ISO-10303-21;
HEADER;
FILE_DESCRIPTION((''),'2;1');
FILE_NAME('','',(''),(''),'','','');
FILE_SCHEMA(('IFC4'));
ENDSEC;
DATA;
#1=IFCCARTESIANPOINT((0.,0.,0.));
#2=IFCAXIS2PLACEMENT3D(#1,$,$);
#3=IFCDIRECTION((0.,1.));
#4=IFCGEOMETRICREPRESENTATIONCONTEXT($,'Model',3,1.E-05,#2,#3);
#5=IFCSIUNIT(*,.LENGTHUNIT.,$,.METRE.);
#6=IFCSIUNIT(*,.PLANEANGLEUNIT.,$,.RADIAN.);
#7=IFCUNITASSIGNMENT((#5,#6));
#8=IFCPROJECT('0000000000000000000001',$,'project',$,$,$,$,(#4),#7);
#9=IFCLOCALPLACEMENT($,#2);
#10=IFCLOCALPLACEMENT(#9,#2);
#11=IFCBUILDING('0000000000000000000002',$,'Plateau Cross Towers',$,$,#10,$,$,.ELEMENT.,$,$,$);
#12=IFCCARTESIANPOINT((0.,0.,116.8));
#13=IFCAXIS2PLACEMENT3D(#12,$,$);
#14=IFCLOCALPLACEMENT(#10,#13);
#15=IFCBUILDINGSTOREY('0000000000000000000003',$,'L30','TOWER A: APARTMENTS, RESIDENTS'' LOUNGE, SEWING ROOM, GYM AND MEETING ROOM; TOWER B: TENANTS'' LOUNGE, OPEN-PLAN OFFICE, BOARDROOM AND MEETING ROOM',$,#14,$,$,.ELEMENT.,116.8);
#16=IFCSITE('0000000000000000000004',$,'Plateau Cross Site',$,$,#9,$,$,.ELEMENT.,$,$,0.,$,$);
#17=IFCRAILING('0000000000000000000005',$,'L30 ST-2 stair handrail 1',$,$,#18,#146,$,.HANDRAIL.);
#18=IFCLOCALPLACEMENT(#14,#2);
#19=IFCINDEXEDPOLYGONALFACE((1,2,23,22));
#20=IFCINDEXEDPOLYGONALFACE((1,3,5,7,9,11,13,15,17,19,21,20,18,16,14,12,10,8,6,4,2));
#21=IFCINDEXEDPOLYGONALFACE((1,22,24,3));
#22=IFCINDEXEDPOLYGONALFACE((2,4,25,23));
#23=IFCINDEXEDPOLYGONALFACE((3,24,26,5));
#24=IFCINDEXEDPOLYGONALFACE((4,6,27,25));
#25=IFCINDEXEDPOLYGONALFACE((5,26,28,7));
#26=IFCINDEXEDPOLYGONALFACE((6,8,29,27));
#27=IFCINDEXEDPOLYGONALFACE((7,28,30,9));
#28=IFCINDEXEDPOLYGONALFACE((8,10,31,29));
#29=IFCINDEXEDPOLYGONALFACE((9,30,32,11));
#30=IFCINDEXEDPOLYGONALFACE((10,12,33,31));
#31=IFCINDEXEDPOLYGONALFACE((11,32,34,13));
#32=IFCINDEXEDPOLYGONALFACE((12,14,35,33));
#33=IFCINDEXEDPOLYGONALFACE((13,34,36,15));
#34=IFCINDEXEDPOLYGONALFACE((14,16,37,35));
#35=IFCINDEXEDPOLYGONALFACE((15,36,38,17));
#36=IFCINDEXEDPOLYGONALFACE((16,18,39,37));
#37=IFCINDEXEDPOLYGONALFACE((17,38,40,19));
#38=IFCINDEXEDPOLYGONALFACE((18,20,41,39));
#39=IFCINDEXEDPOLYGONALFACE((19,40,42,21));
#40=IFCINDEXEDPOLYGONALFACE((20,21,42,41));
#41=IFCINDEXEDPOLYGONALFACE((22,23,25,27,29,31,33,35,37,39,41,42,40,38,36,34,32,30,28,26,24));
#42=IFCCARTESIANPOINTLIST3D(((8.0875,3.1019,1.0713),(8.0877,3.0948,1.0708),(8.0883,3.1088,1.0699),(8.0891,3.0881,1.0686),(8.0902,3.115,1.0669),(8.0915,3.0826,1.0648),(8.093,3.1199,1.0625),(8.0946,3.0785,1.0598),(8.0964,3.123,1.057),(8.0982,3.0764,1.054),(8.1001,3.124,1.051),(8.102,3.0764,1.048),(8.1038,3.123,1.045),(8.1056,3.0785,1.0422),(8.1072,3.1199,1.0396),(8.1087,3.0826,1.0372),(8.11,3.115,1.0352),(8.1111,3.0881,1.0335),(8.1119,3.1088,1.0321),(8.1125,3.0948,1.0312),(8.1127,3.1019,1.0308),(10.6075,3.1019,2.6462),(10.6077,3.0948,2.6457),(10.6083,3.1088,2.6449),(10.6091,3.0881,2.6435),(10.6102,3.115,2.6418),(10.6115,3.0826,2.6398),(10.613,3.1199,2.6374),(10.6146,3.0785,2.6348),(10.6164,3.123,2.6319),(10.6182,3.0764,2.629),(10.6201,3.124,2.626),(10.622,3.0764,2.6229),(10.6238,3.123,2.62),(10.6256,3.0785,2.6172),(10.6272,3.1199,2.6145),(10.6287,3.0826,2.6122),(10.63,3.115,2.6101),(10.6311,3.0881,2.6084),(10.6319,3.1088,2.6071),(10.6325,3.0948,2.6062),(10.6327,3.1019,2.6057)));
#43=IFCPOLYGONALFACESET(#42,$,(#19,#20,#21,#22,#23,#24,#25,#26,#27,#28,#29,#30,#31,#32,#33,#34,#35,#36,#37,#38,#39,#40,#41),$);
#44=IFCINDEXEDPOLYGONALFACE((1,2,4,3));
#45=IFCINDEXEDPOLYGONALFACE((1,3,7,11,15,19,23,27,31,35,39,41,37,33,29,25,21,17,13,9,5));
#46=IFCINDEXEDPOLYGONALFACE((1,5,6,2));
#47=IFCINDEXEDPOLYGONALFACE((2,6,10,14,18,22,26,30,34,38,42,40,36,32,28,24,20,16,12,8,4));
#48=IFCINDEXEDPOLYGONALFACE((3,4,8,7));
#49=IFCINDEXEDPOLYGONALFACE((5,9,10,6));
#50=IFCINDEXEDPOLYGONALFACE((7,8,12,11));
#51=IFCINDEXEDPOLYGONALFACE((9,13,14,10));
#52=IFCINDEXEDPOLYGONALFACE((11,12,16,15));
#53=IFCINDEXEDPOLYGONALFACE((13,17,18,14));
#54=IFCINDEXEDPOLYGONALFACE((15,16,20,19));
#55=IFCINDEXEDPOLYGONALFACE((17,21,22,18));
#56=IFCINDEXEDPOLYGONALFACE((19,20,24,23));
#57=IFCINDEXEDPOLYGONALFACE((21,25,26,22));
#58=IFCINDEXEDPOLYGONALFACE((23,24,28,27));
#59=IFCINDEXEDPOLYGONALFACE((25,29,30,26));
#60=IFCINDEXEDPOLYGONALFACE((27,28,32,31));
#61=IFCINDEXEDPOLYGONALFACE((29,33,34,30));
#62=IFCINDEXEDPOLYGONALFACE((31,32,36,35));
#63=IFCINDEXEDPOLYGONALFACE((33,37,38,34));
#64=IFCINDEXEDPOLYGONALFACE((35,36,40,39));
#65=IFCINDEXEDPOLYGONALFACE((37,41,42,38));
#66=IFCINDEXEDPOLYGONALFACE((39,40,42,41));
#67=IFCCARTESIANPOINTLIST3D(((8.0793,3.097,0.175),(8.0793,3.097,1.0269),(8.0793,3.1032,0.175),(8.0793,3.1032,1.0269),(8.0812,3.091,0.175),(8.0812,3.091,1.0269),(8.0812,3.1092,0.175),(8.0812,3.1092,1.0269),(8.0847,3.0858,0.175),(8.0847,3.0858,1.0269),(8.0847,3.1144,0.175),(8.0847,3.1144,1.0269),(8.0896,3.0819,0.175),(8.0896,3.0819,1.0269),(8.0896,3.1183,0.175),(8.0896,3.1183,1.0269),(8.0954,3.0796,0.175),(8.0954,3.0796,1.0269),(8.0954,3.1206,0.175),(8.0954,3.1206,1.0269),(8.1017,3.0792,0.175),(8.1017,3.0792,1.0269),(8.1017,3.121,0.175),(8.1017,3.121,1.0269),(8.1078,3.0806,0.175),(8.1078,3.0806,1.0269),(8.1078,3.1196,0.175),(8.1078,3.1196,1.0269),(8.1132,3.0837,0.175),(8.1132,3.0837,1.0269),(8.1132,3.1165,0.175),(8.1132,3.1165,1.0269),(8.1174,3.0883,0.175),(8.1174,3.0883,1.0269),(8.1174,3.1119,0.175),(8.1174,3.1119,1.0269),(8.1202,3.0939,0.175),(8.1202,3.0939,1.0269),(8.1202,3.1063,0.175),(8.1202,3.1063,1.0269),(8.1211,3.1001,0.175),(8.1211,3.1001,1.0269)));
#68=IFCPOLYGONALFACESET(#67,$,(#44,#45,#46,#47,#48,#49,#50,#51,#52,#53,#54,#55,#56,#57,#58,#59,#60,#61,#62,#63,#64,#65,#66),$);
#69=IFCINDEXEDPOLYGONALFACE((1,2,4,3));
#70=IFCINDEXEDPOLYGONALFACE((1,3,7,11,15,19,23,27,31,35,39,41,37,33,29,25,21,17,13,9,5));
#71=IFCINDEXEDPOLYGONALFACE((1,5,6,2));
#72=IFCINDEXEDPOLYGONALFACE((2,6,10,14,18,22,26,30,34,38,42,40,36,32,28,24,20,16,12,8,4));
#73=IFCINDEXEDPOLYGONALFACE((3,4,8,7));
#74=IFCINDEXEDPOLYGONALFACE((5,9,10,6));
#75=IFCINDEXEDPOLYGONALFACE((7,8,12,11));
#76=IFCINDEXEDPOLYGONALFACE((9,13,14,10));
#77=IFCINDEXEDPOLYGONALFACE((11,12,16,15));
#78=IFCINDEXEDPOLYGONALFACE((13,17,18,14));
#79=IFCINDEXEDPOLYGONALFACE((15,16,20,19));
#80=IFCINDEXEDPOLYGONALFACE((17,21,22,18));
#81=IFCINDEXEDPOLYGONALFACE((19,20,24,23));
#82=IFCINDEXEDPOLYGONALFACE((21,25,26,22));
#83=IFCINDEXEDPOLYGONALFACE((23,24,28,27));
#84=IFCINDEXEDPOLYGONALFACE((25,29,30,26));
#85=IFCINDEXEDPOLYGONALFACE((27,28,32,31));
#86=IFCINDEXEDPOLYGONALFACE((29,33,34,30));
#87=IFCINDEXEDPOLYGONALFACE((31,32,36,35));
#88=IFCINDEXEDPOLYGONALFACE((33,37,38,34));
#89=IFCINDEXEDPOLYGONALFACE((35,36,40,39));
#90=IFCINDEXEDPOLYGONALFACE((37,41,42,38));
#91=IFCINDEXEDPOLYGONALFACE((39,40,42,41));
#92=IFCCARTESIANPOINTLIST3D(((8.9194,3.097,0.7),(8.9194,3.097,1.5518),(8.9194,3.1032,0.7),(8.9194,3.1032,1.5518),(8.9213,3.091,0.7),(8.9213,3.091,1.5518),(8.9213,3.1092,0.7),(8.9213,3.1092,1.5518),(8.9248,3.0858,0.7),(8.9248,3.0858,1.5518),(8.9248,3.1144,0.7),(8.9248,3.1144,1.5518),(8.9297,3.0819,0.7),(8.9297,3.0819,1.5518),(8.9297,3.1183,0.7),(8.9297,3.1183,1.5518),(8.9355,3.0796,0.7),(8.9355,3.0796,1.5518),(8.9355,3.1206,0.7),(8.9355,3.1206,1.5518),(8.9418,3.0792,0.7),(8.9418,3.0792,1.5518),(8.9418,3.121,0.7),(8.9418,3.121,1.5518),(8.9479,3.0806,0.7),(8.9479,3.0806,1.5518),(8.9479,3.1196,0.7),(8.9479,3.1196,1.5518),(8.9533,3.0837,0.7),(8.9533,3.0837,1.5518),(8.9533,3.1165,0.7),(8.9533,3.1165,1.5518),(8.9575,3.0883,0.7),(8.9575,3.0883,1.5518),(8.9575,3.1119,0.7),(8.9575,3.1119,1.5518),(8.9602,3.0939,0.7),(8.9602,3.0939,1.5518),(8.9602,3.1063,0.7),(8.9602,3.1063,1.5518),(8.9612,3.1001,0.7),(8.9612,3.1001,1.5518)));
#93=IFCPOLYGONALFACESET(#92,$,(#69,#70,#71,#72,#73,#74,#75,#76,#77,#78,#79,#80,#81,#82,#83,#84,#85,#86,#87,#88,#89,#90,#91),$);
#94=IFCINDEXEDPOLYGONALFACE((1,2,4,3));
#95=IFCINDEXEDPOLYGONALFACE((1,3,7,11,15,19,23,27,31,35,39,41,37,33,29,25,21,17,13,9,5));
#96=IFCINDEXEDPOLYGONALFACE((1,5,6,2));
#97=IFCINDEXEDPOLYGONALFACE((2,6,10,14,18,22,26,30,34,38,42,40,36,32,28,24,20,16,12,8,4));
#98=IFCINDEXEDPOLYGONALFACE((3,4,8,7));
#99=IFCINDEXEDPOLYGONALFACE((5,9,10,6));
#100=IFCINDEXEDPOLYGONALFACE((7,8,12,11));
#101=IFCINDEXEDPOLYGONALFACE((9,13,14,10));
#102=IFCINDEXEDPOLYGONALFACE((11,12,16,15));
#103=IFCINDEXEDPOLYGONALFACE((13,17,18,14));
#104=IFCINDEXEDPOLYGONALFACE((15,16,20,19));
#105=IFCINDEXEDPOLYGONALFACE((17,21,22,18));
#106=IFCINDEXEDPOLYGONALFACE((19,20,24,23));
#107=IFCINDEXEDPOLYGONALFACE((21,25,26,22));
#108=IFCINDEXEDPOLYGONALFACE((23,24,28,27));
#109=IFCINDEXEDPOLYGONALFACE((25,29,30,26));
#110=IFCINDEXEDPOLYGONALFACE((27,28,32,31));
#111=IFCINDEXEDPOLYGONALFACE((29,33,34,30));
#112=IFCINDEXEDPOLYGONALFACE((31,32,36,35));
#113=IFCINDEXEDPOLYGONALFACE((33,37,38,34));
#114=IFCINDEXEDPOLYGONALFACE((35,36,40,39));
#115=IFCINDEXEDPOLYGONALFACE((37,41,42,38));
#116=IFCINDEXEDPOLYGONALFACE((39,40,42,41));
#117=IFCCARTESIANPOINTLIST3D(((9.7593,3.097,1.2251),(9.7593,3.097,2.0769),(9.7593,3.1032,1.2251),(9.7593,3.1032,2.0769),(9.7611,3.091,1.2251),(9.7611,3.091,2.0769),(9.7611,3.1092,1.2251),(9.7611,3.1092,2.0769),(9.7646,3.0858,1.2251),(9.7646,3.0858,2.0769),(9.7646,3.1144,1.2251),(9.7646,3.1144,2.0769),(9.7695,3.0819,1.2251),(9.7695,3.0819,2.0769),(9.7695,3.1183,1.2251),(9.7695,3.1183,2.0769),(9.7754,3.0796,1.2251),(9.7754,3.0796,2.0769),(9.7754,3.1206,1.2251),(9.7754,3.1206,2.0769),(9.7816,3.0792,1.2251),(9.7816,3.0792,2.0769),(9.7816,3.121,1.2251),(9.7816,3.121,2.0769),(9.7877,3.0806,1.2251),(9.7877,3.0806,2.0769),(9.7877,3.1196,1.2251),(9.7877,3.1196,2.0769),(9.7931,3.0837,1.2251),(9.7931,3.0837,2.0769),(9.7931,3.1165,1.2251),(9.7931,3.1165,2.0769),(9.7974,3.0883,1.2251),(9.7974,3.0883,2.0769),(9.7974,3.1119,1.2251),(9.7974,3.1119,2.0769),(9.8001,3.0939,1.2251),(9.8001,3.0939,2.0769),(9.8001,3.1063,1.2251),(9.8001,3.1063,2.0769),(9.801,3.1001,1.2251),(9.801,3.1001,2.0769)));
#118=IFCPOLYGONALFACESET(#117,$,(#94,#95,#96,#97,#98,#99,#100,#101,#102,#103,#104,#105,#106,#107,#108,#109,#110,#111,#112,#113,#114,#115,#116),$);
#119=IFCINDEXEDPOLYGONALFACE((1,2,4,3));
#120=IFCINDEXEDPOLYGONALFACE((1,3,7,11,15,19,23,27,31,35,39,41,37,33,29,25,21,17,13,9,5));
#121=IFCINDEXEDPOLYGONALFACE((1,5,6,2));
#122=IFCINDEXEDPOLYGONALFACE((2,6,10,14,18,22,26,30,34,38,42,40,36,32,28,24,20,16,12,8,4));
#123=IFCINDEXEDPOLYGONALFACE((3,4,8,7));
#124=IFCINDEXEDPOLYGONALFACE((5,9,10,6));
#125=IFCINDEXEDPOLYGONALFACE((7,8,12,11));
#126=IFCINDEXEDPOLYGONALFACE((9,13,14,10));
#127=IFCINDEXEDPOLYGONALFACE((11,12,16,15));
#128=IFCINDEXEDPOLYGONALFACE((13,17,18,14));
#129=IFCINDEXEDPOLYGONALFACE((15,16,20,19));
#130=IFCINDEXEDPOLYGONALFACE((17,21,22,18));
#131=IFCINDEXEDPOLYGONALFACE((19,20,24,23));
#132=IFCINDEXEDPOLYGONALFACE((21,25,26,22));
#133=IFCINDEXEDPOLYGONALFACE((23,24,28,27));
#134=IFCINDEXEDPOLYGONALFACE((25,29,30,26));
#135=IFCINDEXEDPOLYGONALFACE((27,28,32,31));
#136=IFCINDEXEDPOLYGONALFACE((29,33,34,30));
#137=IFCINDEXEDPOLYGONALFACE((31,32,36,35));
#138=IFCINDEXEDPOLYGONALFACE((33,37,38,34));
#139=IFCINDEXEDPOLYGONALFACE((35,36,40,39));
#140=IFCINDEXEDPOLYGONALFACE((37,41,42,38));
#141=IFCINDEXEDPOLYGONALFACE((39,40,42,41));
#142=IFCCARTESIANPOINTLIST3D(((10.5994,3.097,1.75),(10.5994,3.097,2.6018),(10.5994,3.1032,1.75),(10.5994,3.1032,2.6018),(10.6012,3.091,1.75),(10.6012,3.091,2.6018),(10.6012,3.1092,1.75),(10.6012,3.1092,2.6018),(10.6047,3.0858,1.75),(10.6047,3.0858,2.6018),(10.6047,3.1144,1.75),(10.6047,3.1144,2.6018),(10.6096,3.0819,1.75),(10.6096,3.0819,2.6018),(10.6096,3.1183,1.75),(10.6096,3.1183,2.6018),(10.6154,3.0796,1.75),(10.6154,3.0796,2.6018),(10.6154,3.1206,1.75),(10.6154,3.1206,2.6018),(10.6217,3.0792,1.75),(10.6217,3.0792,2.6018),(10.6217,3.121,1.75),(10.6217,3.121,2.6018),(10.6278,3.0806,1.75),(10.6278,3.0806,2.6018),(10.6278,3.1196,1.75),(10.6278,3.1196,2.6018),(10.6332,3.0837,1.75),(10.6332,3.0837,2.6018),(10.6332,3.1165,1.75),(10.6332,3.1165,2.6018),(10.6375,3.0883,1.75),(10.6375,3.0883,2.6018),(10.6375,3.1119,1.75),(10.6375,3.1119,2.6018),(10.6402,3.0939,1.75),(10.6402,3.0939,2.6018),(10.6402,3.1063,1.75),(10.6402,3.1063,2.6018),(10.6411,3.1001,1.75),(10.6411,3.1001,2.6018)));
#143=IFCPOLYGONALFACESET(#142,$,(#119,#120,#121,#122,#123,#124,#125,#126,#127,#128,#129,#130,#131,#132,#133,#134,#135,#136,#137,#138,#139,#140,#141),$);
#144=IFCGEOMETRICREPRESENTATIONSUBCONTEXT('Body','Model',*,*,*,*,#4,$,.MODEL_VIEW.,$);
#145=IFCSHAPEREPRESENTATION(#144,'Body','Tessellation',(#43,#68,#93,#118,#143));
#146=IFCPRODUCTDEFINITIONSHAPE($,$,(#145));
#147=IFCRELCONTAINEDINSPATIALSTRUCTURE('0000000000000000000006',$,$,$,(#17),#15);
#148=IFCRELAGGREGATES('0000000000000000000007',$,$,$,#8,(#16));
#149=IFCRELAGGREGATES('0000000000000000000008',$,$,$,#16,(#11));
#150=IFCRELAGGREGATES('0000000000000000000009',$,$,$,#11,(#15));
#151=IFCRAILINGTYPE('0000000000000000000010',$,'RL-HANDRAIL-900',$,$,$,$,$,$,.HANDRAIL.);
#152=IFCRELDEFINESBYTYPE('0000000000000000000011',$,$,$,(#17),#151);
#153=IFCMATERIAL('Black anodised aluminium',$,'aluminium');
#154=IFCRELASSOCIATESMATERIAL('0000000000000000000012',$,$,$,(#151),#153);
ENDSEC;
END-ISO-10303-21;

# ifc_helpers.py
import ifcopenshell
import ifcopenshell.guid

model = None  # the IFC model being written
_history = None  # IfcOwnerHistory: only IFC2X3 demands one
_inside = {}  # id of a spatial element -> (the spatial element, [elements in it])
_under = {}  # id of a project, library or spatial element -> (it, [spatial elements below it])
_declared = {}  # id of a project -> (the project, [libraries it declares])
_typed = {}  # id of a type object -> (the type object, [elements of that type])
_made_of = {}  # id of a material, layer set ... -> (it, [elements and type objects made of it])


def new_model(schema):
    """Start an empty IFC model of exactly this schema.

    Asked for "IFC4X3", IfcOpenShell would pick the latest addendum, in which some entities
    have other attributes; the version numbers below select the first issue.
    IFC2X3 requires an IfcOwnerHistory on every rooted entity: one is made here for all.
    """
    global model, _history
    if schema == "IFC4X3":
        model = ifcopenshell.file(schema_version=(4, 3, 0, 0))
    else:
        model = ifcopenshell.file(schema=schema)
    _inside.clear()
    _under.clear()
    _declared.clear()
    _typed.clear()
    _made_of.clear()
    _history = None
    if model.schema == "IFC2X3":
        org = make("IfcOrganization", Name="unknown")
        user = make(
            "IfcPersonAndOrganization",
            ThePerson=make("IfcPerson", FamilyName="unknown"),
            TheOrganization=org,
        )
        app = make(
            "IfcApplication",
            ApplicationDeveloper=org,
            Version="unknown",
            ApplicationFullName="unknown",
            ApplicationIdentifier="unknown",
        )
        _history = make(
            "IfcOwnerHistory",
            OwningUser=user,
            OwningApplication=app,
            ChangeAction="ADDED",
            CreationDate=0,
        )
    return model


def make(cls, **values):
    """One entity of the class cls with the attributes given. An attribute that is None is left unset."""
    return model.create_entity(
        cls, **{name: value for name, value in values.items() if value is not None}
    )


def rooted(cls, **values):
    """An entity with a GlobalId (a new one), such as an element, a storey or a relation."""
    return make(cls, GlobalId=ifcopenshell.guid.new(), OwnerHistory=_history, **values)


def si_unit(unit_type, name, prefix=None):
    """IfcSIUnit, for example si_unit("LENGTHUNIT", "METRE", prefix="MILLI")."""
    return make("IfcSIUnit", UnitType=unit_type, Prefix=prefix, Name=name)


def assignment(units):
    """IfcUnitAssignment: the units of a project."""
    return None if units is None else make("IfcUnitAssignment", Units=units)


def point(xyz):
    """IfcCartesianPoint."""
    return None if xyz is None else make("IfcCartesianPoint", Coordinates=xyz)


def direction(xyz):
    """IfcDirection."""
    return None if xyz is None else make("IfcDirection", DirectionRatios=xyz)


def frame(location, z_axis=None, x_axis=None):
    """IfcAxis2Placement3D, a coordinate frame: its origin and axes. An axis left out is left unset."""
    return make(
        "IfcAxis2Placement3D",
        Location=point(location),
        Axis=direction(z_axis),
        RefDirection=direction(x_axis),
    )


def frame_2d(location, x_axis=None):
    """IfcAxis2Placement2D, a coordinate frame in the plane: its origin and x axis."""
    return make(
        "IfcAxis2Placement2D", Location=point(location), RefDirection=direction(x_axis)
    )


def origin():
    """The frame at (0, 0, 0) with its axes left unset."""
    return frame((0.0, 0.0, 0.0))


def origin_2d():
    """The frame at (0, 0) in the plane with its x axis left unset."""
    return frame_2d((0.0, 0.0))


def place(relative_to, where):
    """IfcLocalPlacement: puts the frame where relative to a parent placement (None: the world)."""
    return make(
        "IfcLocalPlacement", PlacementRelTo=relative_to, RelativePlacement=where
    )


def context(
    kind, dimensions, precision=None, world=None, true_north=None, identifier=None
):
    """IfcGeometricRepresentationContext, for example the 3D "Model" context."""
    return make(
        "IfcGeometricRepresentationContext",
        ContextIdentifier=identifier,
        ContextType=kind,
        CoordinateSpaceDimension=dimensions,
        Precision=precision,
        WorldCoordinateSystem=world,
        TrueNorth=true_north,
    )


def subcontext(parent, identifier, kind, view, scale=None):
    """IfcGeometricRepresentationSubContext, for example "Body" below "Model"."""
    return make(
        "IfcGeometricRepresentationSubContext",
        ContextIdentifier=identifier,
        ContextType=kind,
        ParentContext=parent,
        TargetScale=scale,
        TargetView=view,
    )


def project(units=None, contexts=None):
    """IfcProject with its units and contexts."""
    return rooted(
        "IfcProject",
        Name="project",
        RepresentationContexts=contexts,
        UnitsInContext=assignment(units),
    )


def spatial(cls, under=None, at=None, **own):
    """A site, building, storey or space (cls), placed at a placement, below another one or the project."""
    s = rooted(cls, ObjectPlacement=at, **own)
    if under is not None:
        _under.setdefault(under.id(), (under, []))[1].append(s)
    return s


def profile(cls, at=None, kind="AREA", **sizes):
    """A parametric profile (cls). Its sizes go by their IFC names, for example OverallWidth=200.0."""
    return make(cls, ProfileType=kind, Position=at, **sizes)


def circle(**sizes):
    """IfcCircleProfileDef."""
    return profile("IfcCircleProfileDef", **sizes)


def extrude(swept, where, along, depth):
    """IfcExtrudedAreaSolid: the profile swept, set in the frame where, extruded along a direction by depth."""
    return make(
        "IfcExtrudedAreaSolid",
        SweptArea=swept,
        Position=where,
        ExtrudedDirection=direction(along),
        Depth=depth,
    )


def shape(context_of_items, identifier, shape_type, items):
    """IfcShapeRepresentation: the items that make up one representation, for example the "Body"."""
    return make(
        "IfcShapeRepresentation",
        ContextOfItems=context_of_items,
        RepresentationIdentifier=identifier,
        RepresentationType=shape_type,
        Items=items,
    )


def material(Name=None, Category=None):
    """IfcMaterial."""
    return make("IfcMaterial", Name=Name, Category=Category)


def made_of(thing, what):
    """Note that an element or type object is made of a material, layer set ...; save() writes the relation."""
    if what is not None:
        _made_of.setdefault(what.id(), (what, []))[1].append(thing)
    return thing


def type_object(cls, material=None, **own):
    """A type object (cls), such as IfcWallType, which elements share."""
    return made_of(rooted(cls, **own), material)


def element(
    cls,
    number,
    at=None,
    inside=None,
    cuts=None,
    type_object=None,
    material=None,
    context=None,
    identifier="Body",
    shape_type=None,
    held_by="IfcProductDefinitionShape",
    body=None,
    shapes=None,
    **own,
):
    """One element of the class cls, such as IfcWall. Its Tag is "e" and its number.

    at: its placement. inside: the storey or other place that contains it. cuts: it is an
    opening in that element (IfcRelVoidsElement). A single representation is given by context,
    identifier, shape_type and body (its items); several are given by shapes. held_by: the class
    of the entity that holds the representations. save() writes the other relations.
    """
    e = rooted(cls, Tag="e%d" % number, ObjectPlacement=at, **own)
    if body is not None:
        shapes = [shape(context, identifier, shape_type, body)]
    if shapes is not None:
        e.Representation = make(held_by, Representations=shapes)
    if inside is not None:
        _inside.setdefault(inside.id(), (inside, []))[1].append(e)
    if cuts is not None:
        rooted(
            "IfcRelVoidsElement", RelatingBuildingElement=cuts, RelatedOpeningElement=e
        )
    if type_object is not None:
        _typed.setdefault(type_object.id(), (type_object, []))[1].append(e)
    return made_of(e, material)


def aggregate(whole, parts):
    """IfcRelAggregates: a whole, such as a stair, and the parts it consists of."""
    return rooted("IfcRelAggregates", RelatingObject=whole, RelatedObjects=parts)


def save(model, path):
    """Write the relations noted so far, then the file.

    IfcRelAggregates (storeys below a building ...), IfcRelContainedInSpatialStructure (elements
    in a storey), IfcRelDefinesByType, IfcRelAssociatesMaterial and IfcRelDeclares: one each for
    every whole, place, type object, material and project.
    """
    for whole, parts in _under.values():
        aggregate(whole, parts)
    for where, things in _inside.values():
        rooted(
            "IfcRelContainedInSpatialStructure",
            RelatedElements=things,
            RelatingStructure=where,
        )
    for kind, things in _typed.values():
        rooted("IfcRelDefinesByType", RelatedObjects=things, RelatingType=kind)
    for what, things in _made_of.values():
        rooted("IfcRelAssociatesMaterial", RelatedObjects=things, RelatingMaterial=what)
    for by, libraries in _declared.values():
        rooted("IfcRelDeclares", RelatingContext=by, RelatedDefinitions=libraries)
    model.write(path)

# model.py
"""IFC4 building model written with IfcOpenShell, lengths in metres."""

from ifc_helpers import new_model, si_unit, direction, frame, origin, origin_2d, place, context, subcontext, project, spatial, circle, extrude, material, type_object, element, save


model = new_model("IFC4")

# Units and contexts
model_context = context("Model", 3, precision=1e-05, world=origin(), true_north=direction((0.0, 1.0)))
body_context = subcontext(model_context, "Body", "Model", "MODEL_VIEW")
ifc_project = project(units=[si_unit("LENGTHUNIT", "METRE"), si_unit("PLANEANGLEUNIT", "RADIAN")], contexts=[model_context])

# Site, building, storey
site_placement = place(None, origin())
site = spatial("IfcSite", under=ifc_project, at=site_placement, Name="Plateau Cross Site", CompositionType="ELEMENT", RefElevation=0.0)
building_placement = place(site_placement, origin())
building = spatial("IfcBuilding", under=site, at=building_placement, Name="Plateau Cross Towers", CompositionType="ELEMENT")
storey_placement = place(building_placement, frame((0.0, 0.0, 116.8)))
storey = spatial("IfcBuildingStorey", under=building, at=storey_placement, Name="L30", Description="TOWER A: APARTMENTS, RESIDENTS' LOUNGE, SEWING ROOM, GYM AND MEETING ROOM; TOWER B: TENANTS' LOUNGE, OPEN-PLAN OFFICE, BOARDROOM AND MEETING ROOM", CompositionType="ELEMENT", Elevation=116.8)

# Shared definitions
ifc_material_1 = material(Name="Black anodised aluminium", Category="aluminium")

# Railing
railing_type_1 = type_object("IfcRailingType", Name="RL-HANDRAIL-900", PredefinedType="HANDRAIL", material=ifc_material_1)
railing_placement = place(storey_placement, frame((8.1001, 3.1001, 0.175)))
element("IfcRailing", 1, at=railing_placement, inside=storey, type_object=railing_type_1, Name="L30 ST-2 stair handrail 1", PredefinedType="HANDRAIL", context=body_context, shape_type="SweptSolid", body=[
    extrude(circle(Radius=0.0239, at=origin_2d()), frame((0.0, 0.0, 0.876), z_axis=(0.848008, 0.0, 0.529984), x_axis=(0.0, 1.0, 0.0)), (0.0, 0.0, 1.0), 2.9717),
    extrude(circle(Radius=0.021, at=origin_2d()), origin(), (0.0, 0.0, 1.0), 0.8518),
    extrude(circle(Radius=0.021, at=origin_2d()), frame((0.8401, 0.0, 0.5249)), (0.0, 0.0, 1.0), 0.8518),
    extrude(circle(Radius=0.021, at=origin_2d()), frame((1.6799, 0.0, 1.05)), (0.0, 0.0, 1.0), 0.8518),
    extrude(circle(Radius=0.021, at=origin_2d()), frame((2.52, 0.0, 1.575)), (0.0, 0.0, 1.0), 0.8518),
])

save(model, "model.ifc")
